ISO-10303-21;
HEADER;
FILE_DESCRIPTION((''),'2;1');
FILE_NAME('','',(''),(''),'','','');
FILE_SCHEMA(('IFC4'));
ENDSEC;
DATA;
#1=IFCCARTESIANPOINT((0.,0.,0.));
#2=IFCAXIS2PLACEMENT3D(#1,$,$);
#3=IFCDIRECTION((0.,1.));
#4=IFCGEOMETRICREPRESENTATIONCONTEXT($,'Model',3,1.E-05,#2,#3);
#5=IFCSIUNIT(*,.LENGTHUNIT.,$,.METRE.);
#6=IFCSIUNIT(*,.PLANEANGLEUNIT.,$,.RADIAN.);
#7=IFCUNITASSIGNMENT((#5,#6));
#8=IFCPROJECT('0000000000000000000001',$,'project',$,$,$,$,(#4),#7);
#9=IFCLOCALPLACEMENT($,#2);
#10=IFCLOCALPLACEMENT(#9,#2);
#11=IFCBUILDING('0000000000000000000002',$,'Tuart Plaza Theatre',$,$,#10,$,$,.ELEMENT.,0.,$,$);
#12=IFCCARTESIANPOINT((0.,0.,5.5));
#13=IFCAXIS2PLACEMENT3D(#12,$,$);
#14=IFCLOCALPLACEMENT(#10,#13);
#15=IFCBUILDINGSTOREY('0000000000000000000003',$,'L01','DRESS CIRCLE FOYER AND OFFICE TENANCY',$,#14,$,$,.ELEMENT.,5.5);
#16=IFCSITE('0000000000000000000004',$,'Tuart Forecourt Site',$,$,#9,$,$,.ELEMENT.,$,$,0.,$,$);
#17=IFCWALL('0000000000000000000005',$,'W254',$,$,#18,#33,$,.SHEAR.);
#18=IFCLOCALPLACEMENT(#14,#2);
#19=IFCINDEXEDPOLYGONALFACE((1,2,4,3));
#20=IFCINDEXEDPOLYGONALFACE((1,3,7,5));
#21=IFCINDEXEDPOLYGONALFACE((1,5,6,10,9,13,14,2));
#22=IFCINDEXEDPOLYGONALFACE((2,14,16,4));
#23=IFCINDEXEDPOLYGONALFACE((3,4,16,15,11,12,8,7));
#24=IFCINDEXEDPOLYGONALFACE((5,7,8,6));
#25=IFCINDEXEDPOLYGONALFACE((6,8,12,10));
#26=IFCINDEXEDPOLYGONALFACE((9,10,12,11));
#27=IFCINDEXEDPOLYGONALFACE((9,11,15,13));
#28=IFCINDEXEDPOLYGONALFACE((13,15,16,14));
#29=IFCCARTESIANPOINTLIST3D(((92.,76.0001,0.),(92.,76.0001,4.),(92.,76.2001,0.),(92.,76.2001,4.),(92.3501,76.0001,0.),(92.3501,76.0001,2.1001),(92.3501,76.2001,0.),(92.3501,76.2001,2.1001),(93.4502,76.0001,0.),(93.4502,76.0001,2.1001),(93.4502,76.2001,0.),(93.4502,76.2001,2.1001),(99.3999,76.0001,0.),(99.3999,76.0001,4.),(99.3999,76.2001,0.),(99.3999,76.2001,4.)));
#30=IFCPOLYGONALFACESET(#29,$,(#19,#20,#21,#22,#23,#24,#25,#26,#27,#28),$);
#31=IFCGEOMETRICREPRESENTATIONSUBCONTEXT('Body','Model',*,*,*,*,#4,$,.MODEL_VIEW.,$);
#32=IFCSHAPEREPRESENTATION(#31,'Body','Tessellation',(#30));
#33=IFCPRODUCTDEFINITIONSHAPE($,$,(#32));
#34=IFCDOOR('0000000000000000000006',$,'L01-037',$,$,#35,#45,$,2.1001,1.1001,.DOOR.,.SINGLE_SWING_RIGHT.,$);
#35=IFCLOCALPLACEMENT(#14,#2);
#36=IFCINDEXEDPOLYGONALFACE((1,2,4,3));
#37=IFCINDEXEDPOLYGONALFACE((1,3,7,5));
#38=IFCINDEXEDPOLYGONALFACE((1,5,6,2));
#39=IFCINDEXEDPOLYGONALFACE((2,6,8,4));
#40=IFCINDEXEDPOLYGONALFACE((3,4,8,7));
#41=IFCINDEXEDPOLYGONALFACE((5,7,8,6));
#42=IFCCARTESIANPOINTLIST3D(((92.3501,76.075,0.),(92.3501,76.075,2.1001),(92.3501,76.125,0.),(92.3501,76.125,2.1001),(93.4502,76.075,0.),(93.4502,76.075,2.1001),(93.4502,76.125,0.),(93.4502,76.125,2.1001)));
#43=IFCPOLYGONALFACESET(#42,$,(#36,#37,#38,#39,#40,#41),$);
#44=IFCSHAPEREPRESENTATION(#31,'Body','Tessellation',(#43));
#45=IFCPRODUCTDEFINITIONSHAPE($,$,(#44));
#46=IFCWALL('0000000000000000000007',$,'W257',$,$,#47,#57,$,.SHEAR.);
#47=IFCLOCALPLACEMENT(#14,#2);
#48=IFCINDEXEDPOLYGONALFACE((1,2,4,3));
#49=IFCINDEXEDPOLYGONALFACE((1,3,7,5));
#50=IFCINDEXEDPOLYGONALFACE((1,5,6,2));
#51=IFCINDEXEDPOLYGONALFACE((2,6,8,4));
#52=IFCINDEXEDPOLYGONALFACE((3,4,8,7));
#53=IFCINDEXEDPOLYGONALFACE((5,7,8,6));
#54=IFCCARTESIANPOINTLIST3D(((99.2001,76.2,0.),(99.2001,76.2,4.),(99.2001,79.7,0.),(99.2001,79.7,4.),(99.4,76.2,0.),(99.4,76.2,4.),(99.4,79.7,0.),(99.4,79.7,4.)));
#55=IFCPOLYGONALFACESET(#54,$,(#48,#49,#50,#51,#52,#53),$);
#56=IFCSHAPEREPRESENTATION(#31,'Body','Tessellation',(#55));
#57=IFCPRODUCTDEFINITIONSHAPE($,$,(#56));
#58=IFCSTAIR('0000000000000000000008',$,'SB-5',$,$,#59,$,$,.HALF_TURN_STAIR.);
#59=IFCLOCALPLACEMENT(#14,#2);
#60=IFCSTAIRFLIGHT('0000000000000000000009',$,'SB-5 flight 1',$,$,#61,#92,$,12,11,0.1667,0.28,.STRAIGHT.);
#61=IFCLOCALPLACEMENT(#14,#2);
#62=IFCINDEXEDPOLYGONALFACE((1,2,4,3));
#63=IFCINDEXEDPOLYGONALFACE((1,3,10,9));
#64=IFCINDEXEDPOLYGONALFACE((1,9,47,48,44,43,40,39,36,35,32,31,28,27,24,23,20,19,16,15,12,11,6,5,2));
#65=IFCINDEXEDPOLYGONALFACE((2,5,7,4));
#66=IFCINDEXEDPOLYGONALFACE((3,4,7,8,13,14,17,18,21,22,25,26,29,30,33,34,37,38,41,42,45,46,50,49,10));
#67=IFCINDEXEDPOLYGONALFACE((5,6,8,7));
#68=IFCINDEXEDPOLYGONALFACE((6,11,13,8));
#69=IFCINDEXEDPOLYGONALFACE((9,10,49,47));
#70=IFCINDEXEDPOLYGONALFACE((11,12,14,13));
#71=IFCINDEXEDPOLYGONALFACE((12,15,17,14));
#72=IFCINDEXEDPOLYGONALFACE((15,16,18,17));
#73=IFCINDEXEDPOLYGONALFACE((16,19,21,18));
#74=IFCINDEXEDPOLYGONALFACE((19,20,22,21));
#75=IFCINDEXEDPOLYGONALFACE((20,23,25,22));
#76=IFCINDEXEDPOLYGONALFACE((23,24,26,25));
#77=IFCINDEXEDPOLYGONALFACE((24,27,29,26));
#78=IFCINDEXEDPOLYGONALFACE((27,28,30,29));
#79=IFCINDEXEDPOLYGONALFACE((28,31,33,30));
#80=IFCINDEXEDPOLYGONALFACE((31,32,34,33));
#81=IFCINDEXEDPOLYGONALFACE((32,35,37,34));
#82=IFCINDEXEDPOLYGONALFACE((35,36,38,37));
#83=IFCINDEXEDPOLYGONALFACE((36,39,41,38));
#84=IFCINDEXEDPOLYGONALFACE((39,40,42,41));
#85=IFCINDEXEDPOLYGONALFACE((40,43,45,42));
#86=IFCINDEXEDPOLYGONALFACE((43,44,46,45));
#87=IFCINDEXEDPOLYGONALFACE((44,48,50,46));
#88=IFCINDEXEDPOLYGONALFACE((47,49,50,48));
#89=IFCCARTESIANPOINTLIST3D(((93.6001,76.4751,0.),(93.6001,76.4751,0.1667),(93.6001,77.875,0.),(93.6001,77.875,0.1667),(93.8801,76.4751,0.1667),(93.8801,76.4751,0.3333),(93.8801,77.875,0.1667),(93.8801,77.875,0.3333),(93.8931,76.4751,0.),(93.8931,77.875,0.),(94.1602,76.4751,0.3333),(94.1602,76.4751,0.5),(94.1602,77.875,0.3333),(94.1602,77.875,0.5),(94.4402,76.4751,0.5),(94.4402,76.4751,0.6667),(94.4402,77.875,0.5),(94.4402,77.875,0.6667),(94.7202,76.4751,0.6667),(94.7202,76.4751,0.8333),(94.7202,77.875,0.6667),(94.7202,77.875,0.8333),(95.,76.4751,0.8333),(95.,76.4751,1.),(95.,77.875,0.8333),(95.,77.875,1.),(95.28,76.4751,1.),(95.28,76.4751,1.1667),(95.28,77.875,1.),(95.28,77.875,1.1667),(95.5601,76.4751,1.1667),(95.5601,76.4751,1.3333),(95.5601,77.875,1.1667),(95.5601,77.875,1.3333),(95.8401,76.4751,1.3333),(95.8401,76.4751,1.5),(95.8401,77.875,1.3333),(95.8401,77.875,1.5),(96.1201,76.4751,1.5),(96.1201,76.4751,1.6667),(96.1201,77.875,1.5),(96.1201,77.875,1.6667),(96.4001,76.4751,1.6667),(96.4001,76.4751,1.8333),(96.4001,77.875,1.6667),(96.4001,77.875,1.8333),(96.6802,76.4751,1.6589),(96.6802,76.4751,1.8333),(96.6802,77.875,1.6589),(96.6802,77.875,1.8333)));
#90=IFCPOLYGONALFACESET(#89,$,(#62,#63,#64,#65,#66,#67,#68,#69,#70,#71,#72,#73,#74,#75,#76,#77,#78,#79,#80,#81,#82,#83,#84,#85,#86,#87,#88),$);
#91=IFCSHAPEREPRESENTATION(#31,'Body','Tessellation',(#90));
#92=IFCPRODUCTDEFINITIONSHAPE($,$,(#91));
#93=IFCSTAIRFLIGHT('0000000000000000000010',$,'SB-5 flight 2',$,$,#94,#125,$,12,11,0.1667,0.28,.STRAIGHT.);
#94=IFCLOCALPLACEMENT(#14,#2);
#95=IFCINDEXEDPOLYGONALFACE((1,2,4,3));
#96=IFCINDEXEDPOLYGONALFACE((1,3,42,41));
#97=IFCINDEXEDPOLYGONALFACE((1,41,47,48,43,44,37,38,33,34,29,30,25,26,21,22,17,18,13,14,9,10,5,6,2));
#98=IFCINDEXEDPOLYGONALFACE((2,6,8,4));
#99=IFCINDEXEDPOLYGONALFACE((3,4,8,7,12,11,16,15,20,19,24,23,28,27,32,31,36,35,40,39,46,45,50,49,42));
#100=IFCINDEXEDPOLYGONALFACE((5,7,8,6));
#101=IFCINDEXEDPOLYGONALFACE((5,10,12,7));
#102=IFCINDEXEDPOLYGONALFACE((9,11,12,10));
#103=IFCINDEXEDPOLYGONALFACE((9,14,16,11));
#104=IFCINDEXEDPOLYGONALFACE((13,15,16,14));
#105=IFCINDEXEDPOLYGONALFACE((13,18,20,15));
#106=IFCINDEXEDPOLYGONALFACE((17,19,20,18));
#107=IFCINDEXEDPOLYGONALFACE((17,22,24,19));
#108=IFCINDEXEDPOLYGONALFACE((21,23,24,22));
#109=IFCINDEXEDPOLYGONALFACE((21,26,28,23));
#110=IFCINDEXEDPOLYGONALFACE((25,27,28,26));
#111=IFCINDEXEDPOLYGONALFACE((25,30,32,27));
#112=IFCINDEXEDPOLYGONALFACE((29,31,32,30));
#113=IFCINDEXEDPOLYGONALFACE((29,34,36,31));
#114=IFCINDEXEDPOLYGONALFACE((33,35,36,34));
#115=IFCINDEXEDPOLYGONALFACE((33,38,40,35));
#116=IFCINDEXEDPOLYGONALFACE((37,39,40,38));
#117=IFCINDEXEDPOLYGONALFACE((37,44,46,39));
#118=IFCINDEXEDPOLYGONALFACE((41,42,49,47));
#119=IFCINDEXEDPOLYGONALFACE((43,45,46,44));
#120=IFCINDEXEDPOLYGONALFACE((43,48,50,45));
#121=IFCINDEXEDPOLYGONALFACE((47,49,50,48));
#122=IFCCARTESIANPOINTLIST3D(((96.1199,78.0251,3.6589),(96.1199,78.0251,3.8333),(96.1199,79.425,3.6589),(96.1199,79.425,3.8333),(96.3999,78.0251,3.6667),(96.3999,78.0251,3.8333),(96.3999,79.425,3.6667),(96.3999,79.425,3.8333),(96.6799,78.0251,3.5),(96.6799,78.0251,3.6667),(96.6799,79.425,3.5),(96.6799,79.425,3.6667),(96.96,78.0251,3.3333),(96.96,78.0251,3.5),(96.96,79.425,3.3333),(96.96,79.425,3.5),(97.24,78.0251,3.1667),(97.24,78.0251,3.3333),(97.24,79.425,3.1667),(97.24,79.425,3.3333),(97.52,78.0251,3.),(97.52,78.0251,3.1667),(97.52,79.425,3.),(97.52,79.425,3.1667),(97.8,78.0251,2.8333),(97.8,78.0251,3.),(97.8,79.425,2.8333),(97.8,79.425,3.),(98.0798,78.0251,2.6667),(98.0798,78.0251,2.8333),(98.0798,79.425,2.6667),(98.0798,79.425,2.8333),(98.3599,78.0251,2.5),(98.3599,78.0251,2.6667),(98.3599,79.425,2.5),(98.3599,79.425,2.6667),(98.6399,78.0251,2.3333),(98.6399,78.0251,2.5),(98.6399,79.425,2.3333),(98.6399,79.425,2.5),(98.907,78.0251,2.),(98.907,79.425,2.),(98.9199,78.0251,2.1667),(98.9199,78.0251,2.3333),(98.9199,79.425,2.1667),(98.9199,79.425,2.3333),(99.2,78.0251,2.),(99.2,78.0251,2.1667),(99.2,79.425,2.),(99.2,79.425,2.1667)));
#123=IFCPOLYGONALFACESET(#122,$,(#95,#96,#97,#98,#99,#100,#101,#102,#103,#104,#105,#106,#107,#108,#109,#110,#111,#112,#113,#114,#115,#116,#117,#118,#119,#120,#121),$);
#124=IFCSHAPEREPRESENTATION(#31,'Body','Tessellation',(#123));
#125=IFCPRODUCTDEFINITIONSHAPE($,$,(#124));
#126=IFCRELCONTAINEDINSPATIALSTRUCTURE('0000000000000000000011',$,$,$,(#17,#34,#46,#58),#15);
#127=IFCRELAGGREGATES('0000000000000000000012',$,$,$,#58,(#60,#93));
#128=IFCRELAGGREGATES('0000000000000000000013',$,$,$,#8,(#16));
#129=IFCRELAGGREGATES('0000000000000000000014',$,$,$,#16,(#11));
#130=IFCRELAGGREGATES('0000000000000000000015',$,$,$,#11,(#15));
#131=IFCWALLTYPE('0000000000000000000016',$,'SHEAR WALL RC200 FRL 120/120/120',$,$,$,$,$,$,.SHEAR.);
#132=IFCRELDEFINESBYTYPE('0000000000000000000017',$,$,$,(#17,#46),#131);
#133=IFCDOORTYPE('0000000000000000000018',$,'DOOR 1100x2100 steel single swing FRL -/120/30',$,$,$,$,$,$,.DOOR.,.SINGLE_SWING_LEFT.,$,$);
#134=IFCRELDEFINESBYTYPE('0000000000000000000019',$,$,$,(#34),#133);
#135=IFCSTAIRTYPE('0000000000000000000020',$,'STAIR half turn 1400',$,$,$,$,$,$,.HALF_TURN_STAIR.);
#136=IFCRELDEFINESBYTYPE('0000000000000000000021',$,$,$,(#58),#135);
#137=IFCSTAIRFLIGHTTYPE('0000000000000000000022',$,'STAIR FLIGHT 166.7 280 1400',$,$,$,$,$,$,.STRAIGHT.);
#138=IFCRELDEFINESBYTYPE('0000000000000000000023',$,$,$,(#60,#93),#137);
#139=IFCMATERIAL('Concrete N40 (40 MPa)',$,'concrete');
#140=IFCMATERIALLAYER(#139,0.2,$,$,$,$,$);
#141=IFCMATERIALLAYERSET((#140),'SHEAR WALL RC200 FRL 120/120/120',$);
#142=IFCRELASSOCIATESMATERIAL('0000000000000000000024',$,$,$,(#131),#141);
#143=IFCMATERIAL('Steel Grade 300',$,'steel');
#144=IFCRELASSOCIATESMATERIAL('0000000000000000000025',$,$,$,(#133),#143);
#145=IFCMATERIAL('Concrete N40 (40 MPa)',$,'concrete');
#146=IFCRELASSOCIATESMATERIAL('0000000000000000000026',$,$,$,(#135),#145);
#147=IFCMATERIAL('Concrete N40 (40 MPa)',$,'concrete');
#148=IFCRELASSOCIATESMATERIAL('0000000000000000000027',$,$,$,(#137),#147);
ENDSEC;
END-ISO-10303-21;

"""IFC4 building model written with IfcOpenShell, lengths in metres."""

from ifc_helpers import new_model, si_unit, direction, frame, frame_2d, origin, place, context, subcontext, project, spatial, polyline, rectangle, outline, extrude, material, layer, layer_set, type_object, element, fill, aggregate, save


model = new_model("IFC4")

# Units and contexts
model_context = context("Model", 3, precision=1e-05, world=origin(), true_north=direction((0.0, 1.0)))
body_context = subcontext(model_context, "Body", "Model", "MODEL_VIEW")
ifc_project = project(units=[si_unit("LENGTHUNIT", "METRE"), si_unit("PLANEANGLEUNIT", "RADIAN")], contexts=[model_context])

# Site, building, storey
site_placement = place(None, origin())
site = spatial("IfcSite", under=ifc_project, at=site_placement, Name="Tuart Forecourt Site", CompositionType="ELEMENT", RefElevation=0.0)
building_placement = place(site_placement, origin())
building = spatial("IfcBuilding", under=site, at=building_placement, Name="Tuart Plaza Theatre", CompositionType="ELEMENT", ElevationOfRefHeight=0.0)
storey_placement = place(building_placement, frame((0.0, 0.0, 5.5)))
storey = spatial("IfcBuildingStorey", under=building, at=storey_placement, Name="L01", Description="DRESS CIRCLE FOYER AND OFFICE TENANCY", CompositionType="ELEMENT", Elevation=5.5)

# Wall, opening, door
ifc_material_1 = material(Name="Concrete N40 (40 MPa)", Category="concrete")
ifc_layer_1 = layer(ifc_material_1, 0.2)
ifc_layer_set_1 = layer_set([ifc_layer_1], Name="SHEAR WALL RC200 FRL 120/120/120")
wall_type_1 = type_object("IfcWallType", Name="SHEAR WALL RC200 FRL 120/120/120", PredefinedType="SHEAR", material=ifc_layer_set_1)
wall_1_placement = place(storey_placement, frame((92.0, 76.1001, 0.0), z_axis=(0.0, 0.0, 1.0), x_axis=(1.0, 0.0, 0.0)))
wall_1 = element("IfcWall", 1, at=wall_1_placement, inside=storey, type_object=wall_type_1, Name="W254", PredefinedType="SHEAR", context=body_context, shape_type="SweptSolid", body=[
    extrude(rectangle(XDim=7.3999, YDim=0.2, at=frame_2d((3.7, 0.0))), origin(), (0.0, 0.0, 1.0), 4.0),
])
opening_placement = place(wall_1_placement, frame((0.3501, 0.0, 0.0)))
opening = element("IfcOpeningElement", 2, at=opening_placement, cuts=wall_1, PredefinedType="OPENING", context=body_context, shape_type="SweptSolid", body=[
    extrude(rectangle(XDim=1.1001, YDim=2.1001, at=frame_2d((0.55, 1.05))), frame((0.0, 0.1099, 0.0), z_axis=(0.0, -1.0, 0.0), x_axis=(1.0, 0.0, 0.0)), (0.0, 0.0, 1.0), 0.22),
])
ifc_material_2 = material(Name="Steel Grade 300", Category="steel")
door_type = type_object("IfcDoorType", Name="DOOR 1100x2100 steel single swing FRL -/120/30", OperationType="SINGLE_SWING_LEFT", PredefinedType="DOOR", material=ifc_material_2)
door_placement = place(opening_placement, origin())
door = element("IfcDoor", 3, at=door_placement, inside=storey, type_object=door_type, Name="L01-037", OperationType="SINGLE_SWING_RIGHT", OverallHeight=2.1001, OverallWidth=1.1001, PredefinedType="DOOR", context=body_context, shape_type="SweptSolid", body=[
    extrude(rectangle(XDim=1.1001, YDim=2.1001, at=frame_2d((0.55, 1.05))), frame((0.0, 0.0249, 0.0), z_axis=(0.0, -1.0, 0.0), x_axis=(1.0, 0.0, 0.0)), (0.0, 0.0, 1.0), 0.05),
])
fill(opening, door)

# Wall
wall_2_placement = place(storey_placement, frame((99.3, 76.2, 0.0), z_axis=(0.0, 0.0, 1.0), x_axis=(0.0, 1.0, 0.0)))
element("IfcWall", 4, at=wall_2_placement, inside=storey, type_object=wall_type_1, Name="W257", PredefinedType="SHEAR", context=body_context, shape_type="SweptSolid", body=[
    extrude(rectangle(XDim=3.5, YDim=0.2, at=frame_2d((1.75, 0.0))), origin(), (0.0, 0.0, 1.0), 4.0),
])

# Stair, stair flights
ifc_material_3 = material(Name="Concrete N40 (40 MPa)", Category="concrete")
stair_type = type_object("IfcStairType", Name="STAIR half turn 1400", PredefinedType="HALF_TURN_STAIR", material=ifc_material_3)
stair_placement = place(storey_placement, origin())
stair = element("IfcStair", 5, at=stair_placement, inside=storey, type_object=stair_type, Name="SB-5", PredefinedType="HALF_TURN_STAIR")
ifc_material_4 = material(Name="Concrete N40 (40 MPa)", Category="concrete")
stair_flight_type = type_object("IfcStairFlightType", Name="STAIR FLIGHT 166.7 280 1400", PredefinedType="STRAIGHT", material=ifc_material_4)
stair_flight_1_placement = place(storey_placement, frame((93.6001, 77.175, 0.0), z_axis=(0.0, 0.0, 1.0), x_axis=(1.0, 0.0, 0.0)))
stair_flight_1 = element("IfcStairFlight", 6, at=stair_flight_1_placement, type_object=stair_flight_type, Name="SB-5 flight 1", NumberOfRisers=12, NumberOfTreads=11, PredefinedType="STRAIGHT", RiserHeight=0.1667, TreadLength=0.28, context=body_context, shape_type="SweptSolid", body=[
    extrude(outline(polyline([(0.0, 0.0), (0.0, 0.1667), (0.28, 0.1667), (0.28, 0.3333), (0.5601, 0.3333), (0.5601, 0.5), (0.8401, 0.5), (0.8401, 0.6667), (1.1201, 0.6667), (1.1201, 0.8333), (1.3999, 0.8333), (1.3999, 1.0), (1.6799, 1.0), (1.6799, 1.1667), (1.96, 1.1667), (1.96, 1.3333), (2.24, 1.3333), (2.24, 1.5), (2.52, 1.5), (2.52, 1.6667), (2.8, 1.6667), (2.8, 1.8333), (3.0801, 1.8333), (3.0801, 2.0), (3.0801, 1.6589), (0.293, 0.0), (0.0, 0.0)])), frame((0.0, 0.7, 0.0), z_axis=(0.0, -1.0, 0.0), x_axis=(1.0, 0.0, 0.0)), (0.0, 0.0, 1.0), 1.3999),
])
stair_flight_2_placement = place(storey_placement, frame((99.2, 78.7251, 2.0), z_axis=(0.0, 0.0, 1.0), x_axis=(-1.0, 0.0, 0.0)))
stair_flight_2 = element("IfcStairFlight", 7, at=stair_flight_2_placement, type_object=stair_flight_type, Name="SB-5 flight 2", NumberOfRisers=12, NumberOfTreads=11, PredefinedType="STRAIGHT", RiserHeight=0.1667, TreadLength=0.28, context=body_context, shape_type="SweptSolid", body=[
    extrude(outline(polyline([(0.0, 0.0), (0.0, 0.1667), (0.28, 0.1667), (0.28, 0.3333), (0.5601, 0.3333), (0.5601, 0.5), (0.8401, 0.5), (0.8401, 0.6667), (1.1201, 0.6667), (1.1201, 0.8333), (1.3999, 0.8333), (1.3999, 1.0), (1.6799, 1.0), (1.6799, 1.1667), (1.96, 1.1667), (1.96, 1.3333), (2.24, 1.3333), (2.24, 1.5), (2.52, 1.5), (2.52, 1.6667), (2.8, 1.6667), (2.8, 1.8333), (3.0801, 1.8333), (3.0801, 2.0), (3.0801, 1.6589), (0.293, 0.0), (0.0, 0.0)])), frame((0.0, 0.7, 0.0), z_axis=(0.0, -1.0, 0.0), x_axis=(1.0, 0.0, 0.0)), (0.0, 0.0, 1.0), 1.3999),
])
aggregate(stair, [stair_flight_1, stair_flight_2])

save(model, "model.ifc")
